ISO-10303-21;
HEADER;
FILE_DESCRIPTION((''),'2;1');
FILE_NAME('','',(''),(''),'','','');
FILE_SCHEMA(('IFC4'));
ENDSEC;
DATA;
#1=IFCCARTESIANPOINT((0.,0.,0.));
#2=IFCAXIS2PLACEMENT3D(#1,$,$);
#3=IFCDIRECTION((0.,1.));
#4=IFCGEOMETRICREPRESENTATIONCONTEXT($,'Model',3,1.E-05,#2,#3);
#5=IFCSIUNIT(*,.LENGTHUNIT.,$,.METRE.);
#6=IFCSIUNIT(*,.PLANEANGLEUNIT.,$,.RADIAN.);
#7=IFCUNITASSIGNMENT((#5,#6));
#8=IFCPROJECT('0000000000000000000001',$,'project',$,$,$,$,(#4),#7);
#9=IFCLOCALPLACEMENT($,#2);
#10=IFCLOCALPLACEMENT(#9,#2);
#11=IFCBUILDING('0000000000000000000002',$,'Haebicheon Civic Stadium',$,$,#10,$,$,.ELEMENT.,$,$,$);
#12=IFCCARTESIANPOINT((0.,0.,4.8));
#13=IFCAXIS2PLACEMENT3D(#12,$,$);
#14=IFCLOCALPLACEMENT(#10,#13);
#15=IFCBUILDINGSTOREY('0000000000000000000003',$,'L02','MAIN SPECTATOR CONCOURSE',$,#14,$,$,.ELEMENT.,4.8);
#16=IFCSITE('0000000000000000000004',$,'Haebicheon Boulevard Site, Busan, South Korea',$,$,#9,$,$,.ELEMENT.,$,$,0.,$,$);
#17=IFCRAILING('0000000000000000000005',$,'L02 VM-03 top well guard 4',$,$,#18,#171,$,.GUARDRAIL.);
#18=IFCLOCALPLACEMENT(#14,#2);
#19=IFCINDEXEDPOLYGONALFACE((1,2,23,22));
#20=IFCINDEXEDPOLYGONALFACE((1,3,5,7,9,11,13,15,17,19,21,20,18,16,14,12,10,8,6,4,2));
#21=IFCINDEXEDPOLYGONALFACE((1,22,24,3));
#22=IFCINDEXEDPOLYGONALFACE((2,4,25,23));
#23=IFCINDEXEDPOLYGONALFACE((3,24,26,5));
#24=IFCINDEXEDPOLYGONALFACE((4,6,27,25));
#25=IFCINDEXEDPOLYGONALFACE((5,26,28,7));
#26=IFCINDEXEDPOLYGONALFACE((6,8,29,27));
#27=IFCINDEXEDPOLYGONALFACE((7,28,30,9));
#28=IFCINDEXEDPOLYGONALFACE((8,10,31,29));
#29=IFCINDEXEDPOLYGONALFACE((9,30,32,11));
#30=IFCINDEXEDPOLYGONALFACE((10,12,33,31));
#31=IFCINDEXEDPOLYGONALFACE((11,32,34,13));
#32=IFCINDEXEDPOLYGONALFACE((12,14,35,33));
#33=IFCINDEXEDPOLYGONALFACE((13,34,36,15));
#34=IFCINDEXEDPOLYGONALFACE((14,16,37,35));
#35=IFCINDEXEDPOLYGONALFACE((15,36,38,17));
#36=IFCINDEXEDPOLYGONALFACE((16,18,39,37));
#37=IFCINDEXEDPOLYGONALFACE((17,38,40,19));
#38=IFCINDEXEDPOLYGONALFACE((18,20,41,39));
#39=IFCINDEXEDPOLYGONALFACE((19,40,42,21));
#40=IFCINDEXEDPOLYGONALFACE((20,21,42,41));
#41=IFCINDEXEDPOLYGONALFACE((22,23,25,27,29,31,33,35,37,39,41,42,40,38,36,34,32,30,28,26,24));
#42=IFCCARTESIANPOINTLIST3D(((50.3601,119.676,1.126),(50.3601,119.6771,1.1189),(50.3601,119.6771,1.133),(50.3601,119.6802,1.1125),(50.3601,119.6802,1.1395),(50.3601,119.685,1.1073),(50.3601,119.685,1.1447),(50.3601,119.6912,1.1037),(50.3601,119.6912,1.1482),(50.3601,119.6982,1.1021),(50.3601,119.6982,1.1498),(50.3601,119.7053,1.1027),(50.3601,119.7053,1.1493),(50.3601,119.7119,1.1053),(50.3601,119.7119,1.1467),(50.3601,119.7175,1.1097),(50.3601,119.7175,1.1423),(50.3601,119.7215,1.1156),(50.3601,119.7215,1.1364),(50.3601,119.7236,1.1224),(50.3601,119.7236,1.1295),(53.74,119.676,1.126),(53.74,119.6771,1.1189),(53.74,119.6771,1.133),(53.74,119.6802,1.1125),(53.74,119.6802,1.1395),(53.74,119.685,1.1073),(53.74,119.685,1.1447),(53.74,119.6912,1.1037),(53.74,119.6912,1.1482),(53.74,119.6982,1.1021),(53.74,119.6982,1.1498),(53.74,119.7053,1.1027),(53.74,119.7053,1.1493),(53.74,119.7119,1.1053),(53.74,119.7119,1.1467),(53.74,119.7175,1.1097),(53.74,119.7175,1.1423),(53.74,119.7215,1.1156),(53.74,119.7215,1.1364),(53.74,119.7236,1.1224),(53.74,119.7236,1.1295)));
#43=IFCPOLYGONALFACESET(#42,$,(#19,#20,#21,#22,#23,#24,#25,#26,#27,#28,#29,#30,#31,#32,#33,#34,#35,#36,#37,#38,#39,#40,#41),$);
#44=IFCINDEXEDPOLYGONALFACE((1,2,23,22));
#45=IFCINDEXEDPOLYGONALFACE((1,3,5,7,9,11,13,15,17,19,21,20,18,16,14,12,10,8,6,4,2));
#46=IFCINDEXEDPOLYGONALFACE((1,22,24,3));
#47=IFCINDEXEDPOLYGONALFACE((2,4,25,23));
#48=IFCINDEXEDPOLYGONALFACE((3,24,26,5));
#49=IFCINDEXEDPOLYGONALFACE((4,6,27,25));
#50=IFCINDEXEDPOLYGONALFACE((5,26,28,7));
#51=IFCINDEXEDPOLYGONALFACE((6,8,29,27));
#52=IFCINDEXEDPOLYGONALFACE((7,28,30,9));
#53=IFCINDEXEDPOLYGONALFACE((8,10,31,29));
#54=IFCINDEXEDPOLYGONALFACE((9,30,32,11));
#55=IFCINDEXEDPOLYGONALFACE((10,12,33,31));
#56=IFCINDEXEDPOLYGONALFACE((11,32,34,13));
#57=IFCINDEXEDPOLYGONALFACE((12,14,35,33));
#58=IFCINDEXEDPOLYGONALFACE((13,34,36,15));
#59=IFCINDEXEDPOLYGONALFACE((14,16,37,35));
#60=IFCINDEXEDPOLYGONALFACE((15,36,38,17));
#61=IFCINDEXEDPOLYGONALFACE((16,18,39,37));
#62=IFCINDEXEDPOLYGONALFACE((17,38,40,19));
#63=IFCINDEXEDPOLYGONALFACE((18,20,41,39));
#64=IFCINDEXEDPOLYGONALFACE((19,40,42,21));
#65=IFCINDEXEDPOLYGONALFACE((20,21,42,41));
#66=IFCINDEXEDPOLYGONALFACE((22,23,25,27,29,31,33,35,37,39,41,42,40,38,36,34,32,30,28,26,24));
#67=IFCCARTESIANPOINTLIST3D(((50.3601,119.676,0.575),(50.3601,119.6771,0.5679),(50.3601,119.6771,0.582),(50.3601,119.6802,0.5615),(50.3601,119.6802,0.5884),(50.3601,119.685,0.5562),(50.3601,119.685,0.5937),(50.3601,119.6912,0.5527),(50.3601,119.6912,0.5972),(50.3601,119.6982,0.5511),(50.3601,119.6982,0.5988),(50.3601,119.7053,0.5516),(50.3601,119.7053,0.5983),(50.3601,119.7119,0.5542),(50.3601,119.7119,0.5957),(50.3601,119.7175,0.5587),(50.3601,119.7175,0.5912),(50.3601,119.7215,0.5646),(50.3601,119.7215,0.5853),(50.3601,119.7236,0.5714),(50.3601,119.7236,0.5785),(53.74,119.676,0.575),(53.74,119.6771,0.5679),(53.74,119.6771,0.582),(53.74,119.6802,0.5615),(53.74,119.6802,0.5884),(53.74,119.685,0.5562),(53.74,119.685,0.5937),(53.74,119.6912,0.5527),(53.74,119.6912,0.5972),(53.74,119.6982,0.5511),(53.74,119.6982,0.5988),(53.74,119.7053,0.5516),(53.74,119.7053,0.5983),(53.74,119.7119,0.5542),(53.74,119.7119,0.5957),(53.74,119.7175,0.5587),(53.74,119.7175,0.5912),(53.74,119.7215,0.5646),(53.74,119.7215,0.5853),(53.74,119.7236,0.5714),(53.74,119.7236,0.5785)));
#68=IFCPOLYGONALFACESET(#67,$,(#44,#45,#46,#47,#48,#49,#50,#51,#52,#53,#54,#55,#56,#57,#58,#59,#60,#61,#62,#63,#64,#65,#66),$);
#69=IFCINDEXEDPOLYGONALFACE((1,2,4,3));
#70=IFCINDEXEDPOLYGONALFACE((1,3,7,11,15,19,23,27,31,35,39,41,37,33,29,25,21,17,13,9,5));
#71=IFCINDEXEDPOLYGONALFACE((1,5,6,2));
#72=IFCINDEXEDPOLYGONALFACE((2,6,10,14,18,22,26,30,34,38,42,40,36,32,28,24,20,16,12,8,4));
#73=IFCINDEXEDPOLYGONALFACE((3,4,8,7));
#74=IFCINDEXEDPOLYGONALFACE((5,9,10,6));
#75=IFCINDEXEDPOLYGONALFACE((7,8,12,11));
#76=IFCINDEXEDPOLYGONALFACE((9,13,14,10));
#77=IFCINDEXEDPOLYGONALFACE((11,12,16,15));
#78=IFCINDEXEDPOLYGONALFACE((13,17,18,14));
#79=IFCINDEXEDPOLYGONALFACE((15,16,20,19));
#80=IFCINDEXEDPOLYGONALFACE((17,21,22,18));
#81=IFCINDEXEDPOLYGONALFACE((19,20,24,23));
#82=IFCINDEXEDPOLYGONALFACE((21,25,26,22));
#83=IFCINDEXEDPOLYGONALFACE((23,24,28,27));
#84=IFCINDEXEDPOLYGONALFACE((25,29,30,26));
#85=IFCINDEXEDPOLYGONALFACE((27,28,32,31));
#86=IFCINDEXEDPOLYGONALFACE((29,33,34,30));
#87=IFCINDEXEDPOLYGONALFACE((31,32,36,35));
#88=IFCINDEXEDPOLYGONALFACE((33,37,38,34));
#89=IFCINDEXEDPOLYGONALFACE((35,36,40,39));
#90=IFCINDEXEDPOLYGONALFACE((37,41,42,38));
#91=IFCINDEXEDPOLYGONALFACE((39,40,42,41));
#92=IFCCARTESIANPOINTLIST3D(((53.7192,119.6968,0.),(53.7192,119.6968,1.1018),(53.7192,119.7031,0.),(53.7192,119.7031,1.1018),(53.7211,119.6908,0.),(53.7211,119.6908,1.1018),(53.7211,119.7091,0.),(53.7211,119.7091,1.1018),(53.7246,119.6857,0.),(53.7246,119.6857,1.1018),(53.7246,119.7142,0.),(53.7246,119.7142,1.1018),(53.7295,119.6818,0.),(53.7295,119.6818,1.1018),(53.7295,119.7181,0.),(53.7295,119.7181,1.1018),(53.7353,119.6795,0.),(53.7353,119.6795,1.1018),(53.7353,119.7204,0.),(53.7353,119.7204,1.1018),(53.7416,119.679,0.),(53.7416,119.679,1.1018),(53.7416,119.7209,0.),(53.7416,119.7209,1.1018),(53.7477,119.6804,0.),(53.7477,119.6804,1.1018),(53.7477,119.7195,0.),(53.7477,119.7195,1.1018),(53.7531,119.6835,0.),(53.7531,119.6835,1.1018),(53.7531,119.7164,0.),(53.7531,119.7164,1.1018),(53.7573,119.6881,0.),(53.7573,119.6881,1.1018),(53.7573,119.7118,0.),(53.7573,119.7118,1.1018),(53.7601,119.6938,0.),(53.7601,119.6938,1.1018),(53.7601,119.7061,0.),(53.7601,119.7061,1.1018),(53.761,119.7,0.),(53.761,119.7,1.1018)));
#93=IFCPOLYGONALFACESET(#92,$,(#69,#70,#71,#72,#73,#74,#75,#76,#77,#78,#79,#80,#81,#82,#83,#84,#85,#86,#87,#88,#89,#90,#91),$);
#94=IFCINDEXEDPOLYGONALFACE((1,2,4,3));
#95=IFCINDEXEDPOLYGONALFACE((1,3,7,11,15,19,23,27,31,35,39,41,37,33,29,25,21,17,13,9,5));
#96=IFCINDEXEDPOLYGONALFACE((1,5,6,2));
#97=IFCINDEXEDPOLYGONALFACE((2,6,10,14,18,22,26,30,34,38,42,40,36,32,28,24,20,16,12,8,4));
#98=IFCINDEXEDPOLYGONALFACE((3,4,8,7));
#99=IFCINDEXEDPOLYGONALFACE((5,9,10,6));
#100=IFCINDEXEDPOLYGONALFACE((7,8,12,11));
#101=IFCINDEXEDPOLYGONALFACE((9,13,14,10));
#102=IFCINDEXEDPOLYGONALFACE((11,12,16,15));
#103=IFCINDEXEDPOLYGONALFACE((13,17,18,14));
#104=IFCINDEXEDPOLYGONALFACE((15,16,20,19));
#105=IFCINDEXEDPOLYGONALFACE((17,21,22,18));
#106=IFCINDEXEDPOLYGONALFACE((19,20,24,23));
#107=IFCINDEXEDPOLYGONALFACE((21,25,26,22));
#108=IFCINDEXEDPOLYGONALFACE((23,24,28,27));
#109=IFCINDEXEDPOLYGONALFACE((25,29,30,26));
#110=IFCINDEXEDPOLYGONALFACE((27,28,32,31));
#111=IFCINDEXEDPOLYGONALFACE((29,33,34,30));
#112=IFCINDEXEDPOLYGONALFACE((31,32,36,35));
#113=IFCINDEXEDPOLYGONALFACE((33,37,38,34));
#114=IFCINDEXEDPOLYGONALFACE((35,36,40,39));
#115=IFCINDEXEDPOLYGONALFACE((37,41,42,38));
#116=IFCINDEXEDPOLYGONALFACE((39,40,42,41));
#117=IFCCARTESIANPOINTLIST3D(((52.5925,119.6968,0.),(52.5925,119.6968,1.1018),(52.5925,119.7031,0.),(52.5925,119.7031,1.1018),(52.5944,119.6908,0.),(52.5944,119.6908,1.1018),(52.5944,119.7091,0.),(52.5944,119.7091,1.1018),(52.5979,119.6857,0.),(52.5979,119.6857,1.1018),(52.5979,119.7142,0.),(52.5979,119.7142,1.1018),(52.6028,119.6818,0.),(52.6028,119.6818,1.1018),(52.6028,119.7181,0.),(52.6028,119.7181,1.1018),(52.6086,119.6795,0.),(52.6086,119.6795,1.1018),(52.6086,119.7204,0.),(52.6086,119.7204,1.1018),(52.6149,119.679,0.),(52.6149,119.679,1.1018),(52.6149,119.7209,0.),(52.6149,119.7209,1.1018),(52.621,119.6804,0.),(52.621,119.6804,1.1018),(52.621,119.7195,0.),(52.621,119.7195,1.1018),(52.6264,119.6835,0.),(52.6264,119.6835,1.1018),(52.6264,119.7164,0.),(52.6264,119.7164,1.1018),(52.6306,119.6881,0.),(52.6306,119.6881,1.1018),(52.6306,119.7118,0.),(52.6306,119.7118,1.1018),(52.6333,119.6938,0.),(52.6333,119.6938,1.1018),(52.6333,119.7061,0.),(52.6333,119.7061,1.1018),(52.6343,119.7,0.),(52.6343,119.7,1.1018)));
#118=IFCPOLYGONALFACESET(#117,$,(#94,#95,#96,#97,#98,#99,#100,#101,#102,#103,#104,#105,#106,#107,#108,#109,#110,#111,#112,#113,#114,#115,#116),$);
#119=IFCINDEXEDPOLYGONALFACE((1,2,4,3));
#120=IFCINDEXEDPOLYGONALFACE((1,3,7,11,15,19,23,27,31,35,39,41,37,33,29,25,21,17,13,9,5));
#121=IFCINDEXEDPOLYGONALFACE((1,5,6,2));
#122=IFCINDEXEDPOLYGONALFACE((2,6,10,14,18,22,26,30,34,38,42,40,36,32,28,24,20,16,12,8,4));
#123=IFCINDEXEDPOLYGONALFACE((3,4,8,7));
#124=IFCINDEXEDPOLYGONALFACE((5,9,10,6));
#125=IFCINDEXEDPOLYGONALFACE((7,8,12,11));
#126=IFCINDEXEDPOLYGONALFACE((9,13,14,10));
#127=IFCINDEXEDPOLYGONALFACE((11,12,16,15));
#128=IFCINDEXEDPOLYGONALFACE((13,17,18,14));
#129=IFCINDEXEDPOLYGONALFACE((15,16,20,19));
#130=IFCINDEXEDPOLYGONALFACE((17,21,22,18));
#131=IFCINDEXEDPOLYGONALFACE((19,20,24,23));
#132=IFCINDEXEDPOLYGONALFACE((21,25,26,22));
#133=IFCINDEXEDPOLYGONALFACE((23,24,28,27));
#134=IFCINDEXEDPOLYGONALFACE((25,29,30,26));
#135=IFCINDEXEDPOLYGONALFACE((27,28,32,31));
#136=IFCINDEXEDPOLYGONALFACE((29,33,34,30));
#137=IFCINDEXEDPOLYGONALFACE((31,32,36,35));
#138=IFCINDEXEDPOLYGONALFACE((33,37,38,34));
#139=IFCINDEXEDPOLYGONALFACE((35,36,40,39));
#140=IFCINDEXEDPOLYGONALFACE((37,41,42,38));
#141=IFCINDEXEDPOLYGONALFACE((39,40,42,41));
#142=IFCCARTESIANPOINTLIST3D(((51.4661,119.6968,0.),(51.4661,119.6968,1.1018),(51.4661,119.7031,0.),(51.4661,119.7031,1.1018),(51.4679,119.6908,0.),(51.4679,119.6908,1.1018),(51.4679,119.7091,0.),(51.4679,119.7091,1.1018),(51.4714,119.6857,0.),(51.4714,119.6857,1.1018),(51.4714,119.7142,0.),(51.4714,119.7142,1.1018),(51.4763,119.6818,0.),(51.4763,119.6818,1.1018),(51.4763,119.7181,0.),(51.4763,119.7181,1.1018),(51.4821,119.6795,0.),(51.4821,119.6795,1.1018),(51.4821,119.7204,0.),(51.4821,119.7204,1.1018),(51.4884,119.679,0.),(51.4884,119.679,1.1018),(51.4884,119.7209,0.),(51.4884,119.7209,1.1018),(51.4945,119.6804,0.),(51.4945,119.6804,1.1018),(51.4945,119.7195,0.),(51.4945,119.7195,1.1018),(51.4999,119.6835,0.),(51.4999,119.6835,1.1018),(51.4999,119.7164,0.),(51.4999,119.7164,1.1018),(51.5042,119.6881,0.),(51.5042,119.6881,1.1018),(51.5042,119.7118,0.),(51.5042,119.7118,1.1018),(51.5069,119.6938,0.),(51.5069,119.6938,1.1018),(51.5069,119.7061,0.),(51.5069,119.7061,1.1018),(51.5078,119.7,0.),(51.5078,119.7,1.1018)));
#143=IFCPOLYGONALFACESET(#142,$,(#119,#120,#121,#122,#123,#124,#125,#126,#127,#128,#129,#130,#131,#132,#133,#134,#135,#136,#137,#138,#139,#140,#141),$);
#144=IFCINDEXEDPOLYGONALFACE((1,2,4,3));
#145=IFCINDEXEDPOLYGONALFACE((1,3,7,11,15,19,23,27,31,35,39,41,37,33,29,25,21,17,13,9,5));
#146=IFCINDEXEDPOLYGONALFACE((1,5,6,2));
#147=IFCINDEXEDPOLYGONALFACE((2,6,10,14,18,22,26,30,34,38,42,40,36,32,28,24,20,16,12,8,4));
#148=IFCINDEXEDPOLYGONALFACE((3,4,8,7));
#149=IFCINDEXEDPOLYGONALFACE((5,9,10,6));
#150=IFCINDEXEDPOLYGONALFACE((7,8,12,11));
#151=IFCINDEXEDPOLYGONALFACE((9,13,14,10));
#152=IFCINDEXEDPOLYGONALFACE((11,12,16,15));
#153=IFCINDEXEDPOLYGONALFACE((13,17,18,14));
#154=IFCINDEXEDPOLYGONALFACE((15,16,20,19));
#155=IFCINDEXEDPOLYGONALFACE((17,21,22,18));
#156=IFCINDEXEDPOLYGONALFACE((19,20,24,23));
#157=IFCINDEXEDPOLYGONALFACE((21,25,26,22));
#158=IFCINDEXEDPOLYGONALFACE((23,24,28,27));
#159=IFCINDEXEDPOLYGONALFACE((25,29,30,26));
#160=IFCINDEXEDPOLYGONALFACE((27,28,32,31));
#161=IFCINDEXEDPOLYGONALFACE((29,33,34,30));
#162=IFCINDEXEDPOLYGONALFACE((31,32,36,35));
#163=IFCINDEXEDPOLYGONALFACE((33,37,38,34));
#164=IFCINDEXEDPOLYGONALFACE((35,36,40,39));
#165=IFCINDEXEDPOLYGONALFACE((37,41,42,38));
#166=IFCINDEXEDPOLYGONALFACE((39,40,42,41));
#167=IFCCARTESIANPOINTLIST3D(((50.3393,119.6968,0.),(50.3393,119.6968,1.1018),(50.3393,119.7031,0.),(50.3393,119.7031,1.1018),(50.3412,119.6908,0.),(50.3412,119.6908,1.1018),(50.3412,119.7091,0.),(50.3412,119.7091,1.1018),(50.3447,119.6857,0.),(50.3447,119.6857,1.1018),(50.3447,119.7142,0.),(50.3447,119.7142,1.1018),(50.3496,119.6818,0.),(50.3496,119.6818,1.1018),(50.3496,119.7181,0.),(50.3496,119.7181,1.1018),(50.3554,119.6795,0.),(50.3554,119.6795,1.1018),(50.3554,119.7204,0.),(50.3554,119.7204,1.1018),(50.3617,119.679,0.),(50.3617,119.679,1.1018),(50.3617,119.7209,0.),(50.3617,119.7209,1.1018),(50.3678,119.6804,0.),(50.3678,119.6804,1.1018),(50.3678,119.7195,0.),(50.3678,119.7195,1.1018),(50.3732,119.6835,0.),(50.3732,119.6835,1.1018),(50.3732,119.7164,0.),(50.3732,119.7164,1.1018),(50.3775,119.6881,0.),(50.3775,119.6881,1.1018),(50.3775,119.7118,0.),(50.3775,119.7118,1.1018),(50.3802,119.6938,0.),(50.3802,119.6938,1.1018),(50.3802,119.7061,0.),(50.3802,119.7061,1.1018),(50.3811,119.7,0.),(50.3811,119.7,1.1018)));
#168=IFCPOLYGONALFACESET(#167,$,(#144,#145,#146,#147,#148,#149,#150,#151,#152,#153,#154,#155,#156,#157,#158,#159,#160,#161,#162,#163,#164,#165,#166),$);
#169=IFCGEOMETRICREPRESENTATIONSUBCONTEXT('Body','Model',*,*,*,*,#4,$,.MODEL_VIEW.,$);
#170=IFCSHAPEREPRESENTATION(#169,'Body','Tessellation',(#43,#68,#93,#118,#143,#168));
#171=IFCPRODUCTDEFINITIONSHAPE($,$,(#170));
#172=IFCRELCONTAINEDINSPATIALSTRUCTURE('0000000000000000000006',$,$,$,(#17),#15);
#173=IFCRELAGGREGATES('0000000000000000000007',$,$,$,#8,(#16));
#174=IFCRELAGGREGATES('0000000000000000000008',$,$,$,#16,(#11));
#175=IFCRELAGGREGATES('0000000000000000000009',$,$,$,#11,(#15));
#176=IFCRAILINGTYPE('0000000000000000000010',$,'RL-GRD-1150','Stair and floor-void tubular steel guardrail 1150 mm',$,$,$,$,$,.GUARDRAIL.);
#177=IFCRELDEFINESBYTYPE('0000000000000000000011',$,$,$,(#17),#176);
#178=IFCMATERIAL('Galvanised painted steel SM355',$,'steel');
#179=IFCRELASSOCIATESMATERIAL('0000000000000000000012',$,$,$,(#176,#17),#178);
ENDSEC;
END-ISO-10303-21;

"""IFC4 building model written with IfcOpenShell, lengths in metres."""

from ifc_helpers import new_model, si_unit, direction, frame, origin, origin_2d, place, context, subcontext, project, spatial, circle, extrude, material, type_object, element, save


model = new_model("IFC4")

# Units and contexts
model_context = context("Model", 3, precision=1e-05, world=origin(), true_north=direction((0.0, 1.0)))
body_context = subcontext(model_context, "Body", "Model", "MODEL_VIEW")
ifc_project = project(units=[si_unit("LENGTHUNIT", "METRE"), si_unit("PLANEANGLEUNIT", "RADIAN")], contexts=[model_context])

# Site, building, storey
site_placement = place(None, origin())
site = spatial("IfcSite", under=ifc_project, at=site_placement, Name="Haebicheon Boulevard Site, Busan, South Korea", CompositionType="ELEMENT", RefElevation=0.0)
building_placement = place(site_placement, origin())
building = spatial("IfcBuilding", under=site, at=building_placement, Name="Haebicheon Civic Stadium", CompositionType="ELEMENT")
storey_placement = place(building_placement, frame((0.0, 0.0, 4.8)))
storey = spatial("IfcBuildingStorey", under=building, at=storey_placement, Name="L02", Description="MAIN SPECTATOR CONCOURSE", CompositionType="ELEMENT", Elevation=4.8)

# Railing
ifc_material_1 = material(Name="Galvanised painted steel SM355", Category="steel")
railing_type = type_object("IfcRailingType", Name="RL-GRD-1150", Description="Stair and floor-void tubular steel guardrail 1150 mm", PredefinedType="GUARDRAIL", material=ifc_material_1)
railing_1_placement = place(storey_placement, frame((53.74, 119.7, 0.0)))
element("IfcRailing", 1, at=railing_1_placement, inside=storey, type_object=railing_type, material=ifc_material_1, Name="L02 VM-03 top well guard 4", PredefinedType="GUARDRAIL", context=body_context, shape_type="SweptSolid", body=[
    extrude(circle(Radius=0.0239, at=origin_2d()), frame((0.0, 0.0, 1.126), z_axis=(-1.0, 0.0, 0.0), x_axis=(0.0, -1.0, 0.0)), (0.0, 0.0, 1.0), 3.3799),
    extrude(circle(Radius=0.0239, at=origin_2d()), frame((0.0, 0.0, 0.575), z_axis=(-1.0, 0.0, 0.0), x_axis=(0.0, -1.0, 0.0)), (0.0, 0.0, 1.0), 3.3799),
    extrude(circle(Radius=0.021, at=origin_2d()), origin(), (0.0, 0.0, 1.0), 1.1018),
    extrude(circle(Radius=0.021, at=origin_2d()), frame((-1.1267, 0.0, 0.0)), (0.0, 0.0, 1.0), 1.1018),
    extrude(circle(Radius=0.021, at=origin_2d()), frame((-2.2532, 0.0, 0.0)), (0.0, 0.0, 1.0), 1.1018),
    extrude(circle(Radius=0.021, at=origin_2d()), frame((-3.3799, 0.0, 0.0)), (0.0, 0.0, 1.0), 1.1018),
])

save(model, "model.ifc")
